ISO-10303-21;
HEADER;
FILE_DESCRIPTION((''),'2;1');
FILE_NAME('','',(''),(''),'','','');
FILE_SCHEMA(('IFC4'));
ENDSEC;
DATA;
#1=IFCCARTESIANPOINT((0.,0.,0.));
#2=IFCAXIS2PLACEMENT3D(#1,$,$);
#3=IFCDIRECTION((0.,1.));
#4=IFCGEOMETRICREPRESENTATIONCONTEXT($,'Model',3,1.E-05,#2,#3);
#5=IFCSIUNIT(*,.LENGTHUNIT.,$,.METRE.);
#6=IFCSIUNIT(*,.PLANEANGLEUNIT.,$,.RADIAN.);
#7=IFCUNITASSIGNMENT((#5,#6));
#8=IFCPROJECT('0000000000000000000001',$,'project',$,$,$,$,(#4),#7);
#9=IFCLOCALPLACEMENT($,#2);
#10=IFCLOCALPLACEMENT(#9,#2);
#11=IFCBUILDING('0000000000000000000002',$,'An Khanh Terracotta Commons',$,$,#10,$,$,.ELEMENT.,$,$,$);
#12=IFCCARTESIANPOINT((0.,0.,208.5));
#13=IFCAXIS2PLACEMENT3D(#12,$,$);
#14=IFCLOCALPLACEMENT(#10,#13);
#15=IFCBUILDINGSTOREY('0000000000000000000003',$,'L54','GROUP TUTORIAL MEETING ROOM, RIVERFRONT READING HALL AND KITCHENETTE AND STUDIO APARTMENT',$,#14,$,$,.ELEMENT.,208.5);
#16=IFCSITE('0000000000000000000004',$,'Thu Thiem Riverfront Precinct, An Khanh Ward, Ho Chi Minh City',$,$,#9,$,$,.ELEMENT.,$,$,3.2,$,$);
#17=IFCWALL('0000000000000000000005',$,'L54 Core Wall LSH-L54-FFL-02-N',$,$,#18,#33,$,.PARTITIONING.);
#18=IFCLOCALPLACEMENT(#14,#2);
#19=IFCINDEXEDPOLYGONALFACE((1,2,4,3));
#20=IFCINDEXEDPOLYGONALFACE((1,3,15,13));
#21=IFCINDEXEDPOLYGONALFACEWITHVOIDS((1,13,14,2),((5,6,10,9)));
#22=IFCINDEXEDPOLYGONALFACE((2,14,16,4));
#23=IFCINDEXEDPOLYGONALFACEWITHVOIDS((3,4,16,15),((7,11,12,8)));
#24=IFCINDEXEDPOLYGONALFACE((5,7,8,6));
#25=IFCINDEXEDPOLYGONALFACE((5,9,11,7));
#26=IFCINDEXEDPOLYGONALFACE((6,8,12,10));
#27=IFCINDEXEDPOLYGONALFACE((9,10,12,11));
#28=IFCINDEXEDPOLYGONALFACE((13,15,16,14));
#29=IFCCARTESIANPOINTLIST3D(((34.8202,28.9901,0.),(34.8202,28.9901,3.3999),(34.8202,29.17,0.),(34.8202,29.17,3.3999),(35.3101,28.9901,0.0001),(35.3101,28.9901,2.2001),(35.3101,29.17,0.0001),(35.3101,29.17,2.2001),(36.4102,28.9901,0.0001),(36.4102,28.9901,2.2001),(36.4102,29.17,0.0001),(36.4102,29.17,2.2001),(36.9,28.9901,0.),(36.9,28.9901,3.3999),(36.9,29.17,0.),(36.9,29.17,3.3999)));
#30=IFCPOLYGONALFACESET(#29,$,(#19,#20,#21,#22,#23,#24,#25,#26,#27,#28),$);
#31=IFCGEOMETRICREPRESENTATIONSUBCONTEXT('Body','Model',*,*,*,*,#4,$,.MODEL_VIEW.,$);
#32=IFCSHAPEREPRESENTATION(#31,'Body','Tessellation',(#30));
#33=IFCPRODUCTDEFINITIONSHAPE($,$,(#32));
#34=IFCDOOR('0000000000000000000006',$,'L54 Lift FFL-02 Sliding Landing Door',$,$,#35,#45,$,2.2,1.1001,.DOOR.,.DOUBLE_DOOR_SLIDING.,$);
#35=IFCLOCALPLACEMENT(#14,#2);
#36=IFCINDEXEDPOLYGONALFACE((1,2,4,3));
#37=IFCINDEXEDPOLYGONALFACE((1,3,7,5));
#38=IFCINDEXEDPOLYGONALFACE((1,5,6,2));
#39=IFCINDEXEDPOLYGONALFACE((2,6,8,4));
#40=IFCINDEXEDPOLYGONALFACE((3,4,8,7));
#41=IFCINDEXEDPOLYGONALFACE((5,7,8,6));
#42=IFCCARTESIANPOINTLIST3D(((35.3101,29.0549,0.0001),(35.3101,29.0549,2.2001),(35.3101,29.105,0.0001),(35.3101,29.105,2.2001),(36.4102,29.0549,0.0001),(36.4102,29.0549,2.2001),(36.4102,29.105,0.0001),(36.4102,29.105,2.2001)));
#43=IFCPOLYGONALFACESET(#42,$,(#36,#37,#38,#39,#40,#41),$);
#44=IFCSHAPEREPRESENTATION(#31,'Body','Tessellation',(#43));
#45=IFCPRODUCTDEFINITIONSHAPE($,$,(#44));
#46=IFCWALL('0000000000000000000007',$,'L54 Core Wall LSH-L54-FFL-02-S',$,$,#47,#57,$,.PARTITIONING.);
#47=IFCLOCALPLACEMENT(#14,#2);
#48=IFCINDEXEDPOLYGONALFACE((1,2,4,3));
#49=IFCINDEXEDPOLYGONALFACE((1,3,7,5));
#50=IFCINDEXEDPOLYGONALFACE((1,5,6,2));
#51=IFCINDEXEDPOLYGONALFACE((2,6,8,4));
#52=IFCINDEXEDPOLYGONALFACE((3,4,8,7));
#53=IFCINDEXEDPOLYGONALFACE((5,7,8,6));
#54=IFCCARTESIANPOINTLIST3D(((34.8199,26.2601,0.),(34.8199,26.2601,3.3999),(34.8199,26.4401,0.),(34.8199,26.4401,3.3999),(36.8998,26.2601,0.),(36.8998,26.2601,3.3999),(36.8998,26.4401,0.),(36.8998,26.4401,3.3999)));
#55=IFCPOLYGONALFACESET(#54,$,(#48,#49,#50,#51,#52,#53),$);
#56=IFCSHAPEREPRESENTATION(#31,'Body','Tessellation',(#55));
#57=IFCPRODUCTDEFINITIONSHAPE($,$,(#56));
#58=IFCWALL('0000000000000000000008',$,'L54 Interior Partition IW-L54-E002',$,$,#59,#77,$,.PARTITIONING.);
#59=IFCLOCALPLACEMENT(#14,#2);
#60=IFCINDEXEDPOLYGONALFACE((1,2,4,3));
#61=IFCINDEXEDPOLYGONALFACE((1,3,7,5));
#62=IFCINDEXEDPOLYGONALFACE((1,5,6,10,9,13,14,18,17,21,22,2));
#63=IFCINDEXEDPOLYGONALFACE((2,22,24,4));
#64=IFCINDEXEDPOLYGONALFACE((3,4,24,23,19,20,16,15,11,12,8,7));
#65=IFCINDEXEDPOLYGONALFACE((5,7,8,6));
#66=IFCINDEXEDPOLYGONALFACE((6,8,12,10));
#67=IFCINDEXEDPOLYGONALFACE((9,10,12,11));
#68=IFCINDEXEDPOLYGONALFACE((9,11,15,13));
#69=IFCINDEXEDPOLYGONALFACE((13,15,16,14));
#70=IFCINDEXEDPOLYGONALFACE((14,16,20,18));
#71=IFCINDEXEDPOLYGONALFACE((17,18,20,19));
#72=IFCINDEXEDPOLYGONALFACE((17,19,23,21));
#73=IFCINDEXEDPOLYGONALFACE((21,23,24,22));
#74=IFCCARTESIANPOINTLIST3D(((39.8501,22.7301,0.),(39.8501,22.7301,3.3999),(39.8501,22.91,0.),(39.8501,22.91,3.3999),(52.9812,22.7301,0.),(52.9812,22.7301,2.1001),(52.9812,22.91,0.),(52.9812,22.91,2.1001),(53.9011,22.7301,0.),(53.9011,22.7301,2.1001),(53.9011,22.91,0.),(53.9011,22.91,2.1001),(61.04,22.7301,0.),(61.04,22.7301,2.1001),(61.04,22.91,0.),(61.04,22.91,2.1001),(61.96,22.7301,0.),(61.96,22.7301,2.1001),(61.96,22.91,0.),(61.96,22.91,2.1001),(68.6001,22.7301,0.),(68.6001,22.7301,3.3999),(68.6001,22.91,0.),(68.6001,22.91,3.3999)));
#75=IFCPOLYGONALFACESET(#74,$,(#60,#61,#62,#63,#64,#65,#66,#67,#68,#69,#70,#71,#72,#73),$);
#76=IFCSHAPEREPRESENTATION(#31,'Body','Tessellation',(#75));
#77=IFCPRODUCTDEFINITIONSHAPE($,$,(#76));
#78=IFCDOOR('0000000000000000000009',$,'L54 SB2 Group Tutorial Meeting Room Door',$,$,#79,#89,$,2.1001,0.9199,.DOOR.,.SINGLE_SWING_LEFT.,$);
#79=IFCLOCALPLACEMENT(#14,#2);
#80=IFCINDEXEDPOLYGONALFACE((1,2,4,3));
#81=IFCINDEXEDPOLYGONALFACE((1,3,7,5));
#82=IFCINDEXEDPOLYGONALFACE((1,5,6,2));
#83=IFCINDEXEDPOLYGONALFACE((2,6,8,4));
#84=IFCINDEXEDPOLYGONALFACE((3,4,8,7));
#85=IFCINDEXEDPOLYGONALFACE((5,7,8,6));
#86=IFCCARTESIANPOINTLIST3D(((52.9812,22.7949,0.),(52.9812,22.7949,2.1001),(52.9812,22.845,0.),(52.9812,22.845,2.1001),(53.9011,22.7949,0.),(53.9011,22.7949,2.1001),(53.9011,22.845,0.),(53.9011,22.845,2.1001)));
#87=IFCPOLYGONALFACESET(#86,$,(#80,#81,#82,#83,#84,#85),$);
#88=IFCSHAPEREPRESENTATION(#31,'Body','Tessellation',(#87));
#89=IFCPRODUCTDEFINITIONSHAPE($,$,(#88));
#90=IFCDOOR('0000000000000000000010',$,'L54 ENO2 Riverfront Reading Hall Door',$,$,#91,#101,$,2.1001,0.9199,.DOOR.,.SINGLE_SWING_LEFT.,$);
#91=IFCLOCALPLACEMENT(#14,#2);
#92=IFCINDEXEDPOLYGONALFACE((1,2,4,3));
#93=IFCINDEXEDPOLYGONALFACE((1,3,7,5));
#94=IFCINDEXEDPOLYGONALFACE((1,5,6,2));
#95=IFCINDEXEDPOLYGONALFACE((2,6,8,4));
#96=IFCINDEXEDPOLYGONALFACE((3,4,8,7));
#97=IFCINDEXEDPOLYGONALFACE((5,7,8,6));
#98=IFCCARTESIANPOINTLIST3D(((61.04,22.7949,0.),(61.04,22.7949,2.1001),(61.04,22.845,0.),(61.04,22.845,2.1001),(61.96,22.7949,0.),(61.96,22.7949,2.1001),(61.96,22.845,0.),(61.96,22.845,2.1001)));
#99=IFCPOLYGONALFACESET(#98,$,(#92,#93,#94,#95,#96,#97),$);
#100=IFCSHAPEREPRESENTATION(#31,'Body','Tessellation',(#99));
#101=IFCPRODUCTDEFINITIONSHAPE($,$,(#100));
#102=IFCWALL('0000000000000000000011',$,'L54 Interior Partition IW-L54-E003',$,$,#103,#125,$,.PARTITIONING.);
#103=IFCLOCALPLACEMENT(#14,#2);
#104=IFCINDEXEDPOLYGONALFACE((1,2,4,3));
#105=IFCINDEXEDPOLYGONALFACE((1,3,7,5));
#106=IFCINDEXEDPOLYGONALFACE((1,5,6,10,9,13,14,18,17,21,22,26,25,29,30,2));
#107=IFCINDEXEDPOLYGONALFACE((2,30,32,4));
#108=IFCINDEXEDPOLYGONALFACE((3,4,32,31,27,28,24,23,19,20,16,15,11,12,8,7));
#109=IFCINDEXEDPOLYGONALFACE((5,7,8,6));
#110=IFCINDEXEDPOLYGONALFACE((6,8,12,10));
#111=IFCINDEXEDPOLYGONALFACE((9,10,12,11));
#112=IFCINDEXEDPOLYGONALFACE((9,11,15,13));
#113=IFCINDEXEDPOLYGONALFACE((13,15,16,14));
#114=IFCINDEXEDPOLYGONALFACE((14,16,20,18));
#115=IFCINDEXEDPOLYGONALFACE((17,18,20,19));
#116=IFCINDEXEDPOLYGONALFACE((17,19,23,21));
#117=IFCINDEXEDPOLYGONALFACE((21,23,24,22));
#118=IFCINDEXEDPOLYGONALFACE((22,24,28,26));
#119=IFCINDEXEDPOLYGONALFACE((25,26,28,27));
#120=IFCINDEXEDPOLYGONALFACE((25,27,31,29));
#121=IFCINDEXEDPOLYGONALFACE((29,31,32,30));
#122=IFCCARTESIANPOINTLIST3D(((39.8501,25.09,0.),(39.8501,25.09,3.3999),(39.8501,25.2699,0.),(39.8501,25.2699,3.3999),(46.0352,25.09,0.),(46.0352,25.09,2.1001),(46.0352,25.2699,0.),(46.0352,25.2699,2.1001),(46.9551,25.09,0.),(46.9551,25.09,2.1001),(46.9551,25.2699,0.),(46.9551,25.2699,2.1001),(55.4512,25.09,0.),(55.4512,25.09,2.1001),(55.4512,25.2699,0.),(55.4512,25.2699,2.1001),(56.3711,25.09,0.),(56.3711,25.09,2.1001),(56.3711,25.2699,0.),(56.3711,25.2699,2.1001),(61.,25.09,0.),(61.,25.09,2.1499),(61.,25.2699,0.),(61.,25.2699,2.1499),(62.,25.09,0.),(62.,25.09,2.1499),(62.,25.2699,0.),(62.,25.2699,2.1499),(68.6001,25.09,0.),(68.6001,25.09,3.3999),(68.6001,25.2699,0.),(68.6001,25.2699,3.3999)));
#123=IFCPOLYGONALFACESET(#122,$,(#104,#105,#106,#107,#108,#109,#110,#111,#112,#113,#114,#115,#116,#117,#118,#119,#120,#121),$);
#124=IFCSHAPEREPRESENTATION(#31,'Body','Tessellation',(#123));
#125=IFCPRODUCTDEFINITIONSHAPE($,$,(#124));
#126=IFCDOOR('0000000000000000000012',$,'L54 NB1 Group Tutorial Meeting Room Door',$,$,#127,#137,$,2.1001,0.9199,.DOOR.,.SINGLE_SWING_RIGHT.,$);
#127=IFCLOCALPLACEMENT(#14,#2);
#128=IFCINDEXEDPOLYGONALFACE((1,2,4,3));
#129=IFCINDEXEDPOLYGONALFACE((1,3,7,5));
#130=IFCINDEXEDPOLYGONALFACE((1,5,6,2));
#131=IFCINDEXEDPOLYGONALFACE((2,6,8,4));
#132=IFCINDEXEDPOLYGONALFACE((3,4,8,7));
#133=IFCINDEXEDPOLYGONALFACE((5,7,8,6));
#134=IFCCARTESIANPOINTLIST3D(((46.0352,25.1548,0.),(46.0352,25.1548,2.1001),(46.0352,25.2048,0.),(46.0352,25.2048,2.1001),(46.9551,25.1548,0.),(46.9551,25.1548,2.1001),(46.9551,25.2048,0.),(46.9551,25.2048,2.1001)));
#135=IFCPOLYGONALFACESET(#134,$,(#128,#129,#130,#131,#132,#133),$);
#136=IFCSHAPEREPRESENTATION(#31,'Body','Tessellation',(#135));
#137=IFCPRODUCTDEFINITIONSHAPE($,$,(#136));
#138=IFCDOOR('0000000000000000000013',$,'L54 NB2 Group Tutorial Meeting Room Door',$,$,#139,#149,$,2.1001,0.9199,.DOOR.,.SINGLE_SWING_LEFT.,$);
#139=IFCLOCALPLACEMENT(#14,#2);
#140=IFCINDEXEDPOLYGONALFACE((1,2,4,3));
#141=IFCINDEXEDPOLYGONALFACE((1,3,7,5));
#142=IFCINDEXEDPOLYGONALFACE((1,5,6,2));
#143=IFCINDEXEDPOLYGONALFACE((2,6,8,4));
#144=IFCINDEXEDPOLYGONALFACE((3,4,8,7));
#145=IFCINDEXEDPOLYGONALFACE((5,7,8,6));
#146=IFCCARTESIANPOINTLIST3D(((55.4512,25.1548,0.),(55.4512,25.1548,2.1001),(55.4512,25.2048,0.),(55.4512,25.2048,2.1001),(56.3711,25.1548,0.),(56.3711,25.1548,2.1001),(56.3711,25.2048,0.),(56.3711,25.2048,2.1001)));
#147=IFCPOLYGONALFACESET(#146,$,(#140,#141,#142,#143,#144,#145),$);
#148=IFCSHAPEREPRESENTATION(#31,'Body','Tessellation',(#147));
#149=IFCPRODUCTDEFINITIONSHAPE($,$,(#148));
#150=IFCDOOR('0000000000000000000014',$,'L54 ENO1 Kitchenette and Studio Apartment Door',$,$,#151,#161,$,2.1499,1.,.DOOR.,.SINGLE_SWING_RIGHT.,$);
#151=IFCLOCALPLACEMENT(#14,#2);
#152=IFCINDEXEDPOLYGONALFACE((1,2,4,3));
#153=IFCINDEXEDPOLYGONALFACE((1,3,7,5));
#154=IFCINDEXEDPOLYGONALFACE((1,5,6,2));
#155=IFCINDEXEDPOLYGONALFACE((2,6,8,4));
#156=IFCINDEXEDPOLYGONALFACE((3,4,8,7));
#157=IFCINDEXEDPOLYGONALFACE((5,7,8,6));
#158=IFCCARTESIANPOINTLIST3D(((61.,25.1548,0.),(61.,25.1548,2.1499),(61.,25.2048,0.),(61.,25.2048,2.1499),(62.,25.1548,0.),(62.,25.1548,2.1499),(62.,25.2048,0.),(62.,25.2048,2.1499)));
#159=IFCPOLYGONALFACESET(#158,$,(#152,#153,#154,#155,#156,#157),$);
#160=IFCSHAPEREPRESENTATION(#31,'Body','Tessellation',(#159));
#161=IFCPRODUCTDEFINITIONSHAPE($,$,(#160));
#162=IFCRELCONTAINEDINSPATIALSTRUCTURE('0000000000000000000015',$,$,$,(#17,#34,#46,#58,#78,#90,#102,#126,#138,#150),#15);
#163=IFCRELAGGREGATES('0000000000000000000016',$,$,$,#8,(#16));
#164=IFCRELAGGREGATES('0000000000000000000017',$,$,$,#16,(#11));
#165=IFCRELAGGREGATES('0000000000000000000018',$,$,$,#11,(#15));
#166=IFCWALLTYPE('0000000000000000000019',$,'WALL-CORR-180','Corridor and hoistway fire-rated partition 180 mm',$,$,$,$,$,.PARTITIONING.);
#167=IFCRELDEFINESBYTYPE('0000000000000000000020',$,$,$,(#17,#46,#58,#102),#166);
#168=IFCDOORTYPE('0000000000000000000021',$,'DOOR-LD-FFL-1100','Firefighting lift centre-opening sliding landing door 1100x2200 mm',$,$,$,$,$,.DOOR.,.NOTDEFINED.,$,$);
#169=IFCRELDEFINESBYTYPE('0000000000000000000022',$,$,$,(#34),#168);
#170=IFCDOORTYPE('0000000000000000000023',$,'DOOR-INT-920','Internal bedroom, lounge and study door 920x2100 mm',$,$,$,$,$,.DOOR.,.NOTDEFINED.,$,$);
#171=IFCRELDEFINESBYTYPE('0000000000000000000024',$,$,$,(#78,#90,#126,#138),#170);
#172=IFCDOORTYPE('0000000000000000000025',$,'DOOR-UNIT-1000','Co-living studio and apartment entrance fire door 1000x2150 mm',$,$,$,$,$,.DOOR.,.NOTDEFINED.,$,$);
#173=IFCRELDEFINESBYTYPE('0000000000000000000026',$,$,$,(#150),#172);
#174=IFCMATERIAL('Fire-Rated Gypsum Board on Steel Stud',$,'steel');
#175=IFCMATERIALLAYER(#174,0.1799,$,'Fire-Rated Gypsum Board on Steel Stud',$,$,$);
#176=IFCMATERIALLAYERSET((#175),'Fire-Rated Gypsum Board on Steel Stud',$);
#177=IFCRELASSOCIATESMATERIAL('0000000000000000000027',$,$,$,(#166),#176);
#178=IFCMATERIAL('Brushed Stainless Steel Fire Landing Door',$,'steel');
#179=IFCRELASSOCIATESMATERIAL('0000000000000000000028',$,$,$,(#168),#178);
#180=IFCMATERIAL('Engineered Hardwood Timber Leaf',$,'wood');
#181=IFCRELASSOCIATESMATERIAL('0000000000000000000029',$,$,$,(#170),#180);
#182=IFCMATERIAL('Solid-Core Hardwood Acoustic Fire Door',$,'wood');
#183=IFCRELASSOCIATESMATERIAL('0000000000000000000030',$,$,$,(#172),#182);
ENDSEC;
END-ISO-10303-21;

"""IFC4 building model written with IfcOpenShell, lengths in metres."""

from ifc_helpers import new_model, si_unit, direction, frame, frame_2d, origin, place, context, subcontext, project, spatial, rectangle, extrude, material, layer, layer_set, type_object, element, fill, save


model = new_model("IFC4")

# Units and contexts
model_context = context("Model", 3, precision=1e-05, world=origin(), true_north=direction((0.0, 1.0)))
body_context = subcontext(model_context, "Body", "Model", "MODEL_VIEW")
ifc_project = project(units=[si_unit("LENGTHUNIT", "METRE"), si_unit("PLANEANGLEUNIT", "RADIAN")], contexts=[model_context])

# Site, building, storey
site_placement = place(None, origin())
site = spatial("IfcSite", under=ifc_project, at=site_placement, Name="Thu Thiem Riverfront Precinct, An Khanh Ward, Ho Chi Minh City", CompositionType="ELEMENT", RefElevation=3.2)
building_placement = place(site_placement, origin())
building = spatial("IfcBuilding", under=site, at=building_placement, Name="An Khanh Terracotta Commons", CompositionType="ELEMENT")
storey_placement = place(building_placement, frame((0.0, 0.0, 208.5)))
storey = spatial("IfcBuildingStorey", under=building, at=storey_placement, Name="L54", Description="GROUP TUTORIAL MEETING ROOM, RIVERFRONT READING HALL AND KITCHENETTE AND STUDIO APARTMENT", CompositionType="ELEMENT", Elevation=208.5)

# Wall, opening, door
ifc_material_1 = material(Name="Fire-Rated Gypsum Board on Steel Stud", Category="steel")
ifc_layer_1 = layer(ifc_material_1, 0.1799, Name="Fire-Rated Gypsum Board on Steel Stud")
ifc_layer_set_1 = layer_set([ifc_layer_1], Name="Fire-Rated Gypsum Board on Steel Stud")
wall_type_1 = type_object("IfcWallType", Name="WALL-CORR-180", Description="Corridor and hoistway fire-rated partition 180 mm", PredefinedType="PARTITIONING", material=ifc_layer_set_1)
wall_1_placement = place(storey_placement, frame((34.8201, 29.0801, 0.0), z_axis=(0.0, 0.0, 1.0), x_axis=(1.0, 0.0, 0.0)))
wall_1 = element("IfcWall", 1, at=wall_1_placement, inside=storey, type_object=wall_type_1, Name="L54 Core Wall LSH-L54-FFL-02-N", PredefinedType="PARTITIONING", context=body_context, shape_type="SweptSolid", body=[
    extrude(rectangle(XDim=2.0798, YDim=0.1799, at=frame_2d((1.04, 0.0))), origin(), (0.0, 0.0, 1.0), 3.3999),
])
opening_1_placement = place(wall_1_placement, frame((0.49, 0.0, 0.0)))
opening_1 = element("IfcOpeningElement", 2, at=opening_1_placement, cuts=wall_1, PredefinedType="OPENING", context=body_context, shape_type="SweptSolid", body=[
    extrude(rectangle(XDim=1.1001, YDim=2.2, at=frame_2d((0.55, 1.1001))), frame((0.0, 0.0999, 0.0), z_axis=(0.0, -1.0, 0.0), x_axis=(1.0, 0.0, 0.0)), (0.0, 0.0, 1.0), 0.2),
])
ifc_material_2 = material(Name="Brushed Stainless Steel Fire Landing Door", Category="steel")
door_type_1 = type_object("IfcDoorType", Name="DOOR-LD-FFL-1100", Description="Firefighting lift centre-opening sliding landing door 1100x2200 mm", OperationType="NOTDEFINED", PredefinedType="DOOR", material=ifc_material_2)
door_1_placement = place(opening_1_placement, origin())
door_1 = element("IfcDoor", 3, at=door_1_placement, inside=storey, type_object=door_type_1, Name="L54 Lift FFL-02 Sliding Landing Door", OperationType="DOUBLE_DOOR_SLIDING", OverallHeight=2.2, OverallWidth=1.1001, PredefinedType="DOOR", context=body_context, shape_type="SweptSolid", body=[
    extrude(rectangle(XDim=1.1001, YDim=2.2, at=frame_2d((0.55, 1.1001))), frame((0.0, 0.0249, 0.0), z_axis=(0.0, -1.0, 0.0), x_axis=(1.0, 0.0, 0.0)), (0.0, 0.0, 1.0), 0.05),
])
fill(opening_1, door_1)

# Wall
wall_2_placement = place(storey_placement, frame((36.8999, 26.3501, 0.0), z_axis=(0.0, 0.0, 1.0), x_axis=(-1.0, 0.0, 0.0)))
element("IfcWall", 4, at=wall_2_placement, inside=storey, type_object=wall_type_1, Name="L54 Core Wall LSH-L54-FFL-02-S", PredefinedType="PARTITIONING", context=body_context, shape_type="SweptSolid", body=[
    extrude(rectangle(XDim=2.0798, YDim=0.1799, at=frame_2d((1.04, 0.0))), origin(), (0.0, 0.0, 1.0), 3.3999),
])

# Walls, openings, doors
wall_3_placement = place(storey_placement, frame((39.8501, 22.8201, 0.0), z_axis=(0.0, 0.0, 1.0), x_axis=(1.0, 0.0, 0.0)))
wall_3 = element("IfcWall", 5, at=wall_3_placement, inside=storey, type_object=wall_type_1, Name="L54 Interior Partition IW-L54-E002", PredefinedType="PARTITIONING", context=body_context, shape_type="SweptSolid", body=[
    extrude(rectangle(XDim=28.75, YDim=0.1799, at=frame_2d((14.375, 0.0))), origin(), (0.0, 0.0, 1.0), 3.3999),
])
opening_2_placement = place(wall_3_placement, frame((13.1311, 0.0, 0.0)))
opening_2 = element("IfcOpeningElement", 6, at=opening_2_placement, cuts=wall_3, PredefinedType="OPENING", context=body_context, shape_type="SweptSolid", body=[
    extrude(rectangle(XDim=0.9199, YDim=2.1001, at=frame_2d((0.46, 1.05))), frame((0.0, 0.0999, 0.0), z_axis=(0.0, -1.0, 0.0), x_axis=(1.0, 0.0, 0.0)), (0.0, 0.0, 1.0), 0.2),
])
opening_3_placement = place(wall_3_placement, frame((21.1899, 0.0, 0.0)))
opening_3 = element("IfcOpeningElement", 7, at=opening_3_placement, cuts=wall_3, PredefinedType="OPENING", context=body_context, shape_type="SweptSolid", body=[
    extrude(rectangle(XDim=0.9199, YDim=2.1001, at=frame_2d((0.46, 1.05))), frame((0.0, 0.0999, 0.0), z_axis=(0.0, -1.0, 0.0), x_axis=(1.0, 0.0, 0.0)), (0.0, 0.0, 1.0), 0.2),
])
ifc_material_3 = material(Name="Engineered Hardwood Timber Leaf", Category="wood")
door_type_2 = type_object("IfcDoorType", Name="DOOR-INT-920", Description="Internal bedroom, lounge and study door 920x2100 mm", OperationType="NOTDEFINED", PredefinedType="DOOR", material=ifc_material_3)
door_2_placement = place(opening_2_placement, origin())
door_2 = element("IfcDoor", 8, at=door_2_placement, inside=storey, type_object=door_type_2, Name="L54 SB2 Group Tutorial Meeting Room Door", OperationType="SINGLE_SWING_LEFT", OverallHeight=2.1001, OverallWidth=0.9199, PredefinedType="DOOR", context=body_context, shape_type="SweptSolid", body=[
    extrude(rectangle(XDim=0.9199, YDim=2.1001, at=frame_2d((0.46, 1.05))), frame((0.0, 0.0249, 0.0), z_axis=(0.0, -1.0, 0.0), x_axis=(1.0, 0.0, 0.0)), (0.0, 0.0, 1.0), 0.05),
])
fill(opening_2, door_2)
door_3_placement = place(opening_3_placement, origin())
door_3 = element("IfcDoor", 9, at=door_3_placement, inside=storey, type_object=door_type_2, Name="L54 ENO2 Riverfront Reading Hall Door", OperationType="SINGLE_SWING_LEFT", OverallHeight=2.1001, OverallWidth=0.9199, PredefinedType="DOOR", context=body_context, shape_type="SweptSolid", body=[
    extrude(rectangle(XDim=0.9199, YDim=2.1001, at=frame_2d((0.46, 1.05))), frame((0.0, 0.0249, 0.0), z_axis=(0.0, -1.0, 0.0), x_axis=(1.0, 0.0, 0.0)), (0.0, 0.0, 1.0), 0.05),
])
fill(opening_3, door_3)
wall_4_placement = place(storey_placement, frame((39.8501, 25.1799, 0.0), z_axis=(0.0, 0.0, 1.0), x_axis=(1.0, 0.0, 0.0)))
wall_4 = element("IfcWall", 10, at=wall_4_placement, inside=storey, type_object=wall_type_1, Name="L54 Interior Partition IW-L54-E003", PredefinedType="PARTITIONING", context=body_context, shape_type="SweptSolid", body=[
    extrude(rectangle(XDim=28.75, YDim=0.1799, at=frame_2d((14.375, 0.0))), origin(), (0.0, 0.0, 1.0), 3.3999),
])
opening_4_placement = place(wall_4_placement, frame((6.1851, 0.0, 0.0)))
opening_4 = element("IfcOpeningElement", 11, at=opening_4_placement, cuts=wall_4, PredefinedType="OPENING", context=body_context, shape_type="SweptSolid", body=[
    extrude(rectangle(XDim=0.9199, YDim=2.1001, at=frame_2d((0.46, 1.05))), frame((0.0, 0.0999, 0.0), z_axis=(0.0, -1.0, 0.0), x_axis=(1.0, 0.0, 0.0)), (0.0, 0.0, 1.0), 0.2),
])
opening_5_placement = place(wall_4_placement, frame((15.6011, 0.0, 0.0)))
opening_5 = element("IfcOpeningElement", 12, at=opening_5_placement, cuts=wall_4, PredefinedType="OPENING", context=body_context, shape_type="SweptSolid", body=[
    extrude(rectangle(XDim=0.9199, YDim=2.1001, at=frame_2d((0.46, 1.05))), frame((0.0, 0.0999, 0.0), z_axis=(0.0, -1.0, 0.0), x_axis=(1.0, 0.0, 0.0)), (0.0, 0.0, 1.0), 0.2),
])
opening_6_placement = place(wall_4_placement, frame((21.1499, 0.0, 0.0)))
opening_6 = element("IfcOpeningElement", 13, at=opening_6_placement, cuts=wall_4, PredefinedType="OPENING", context=body_context, shape_type="SweptSolid", body=[
    extrude(rectangle(XDim=1.0, YDim=2.1499, at=frame_2d((0.5, 1.075))), frame((0.0, 0.0999, 0.0), z_axis=(0.0, -1.0, 0.0), x_axis=(1.0, 0.0, 0.0)), (0.0, 0.0, 1.0), 0.2),
])
door_4_placement = place(opening_4_placement, origin())
door_4 = element("IfcDoor", 14, at=door_4_placement, inside=storey, type_object=door_type_2, Name="L54 NB1 Group Tutorial Meeting Room Door", OperationType="SINGLE_SWING_RIGHT", OverallHeight=2.1001, OverallWidth=0.9199, PredefinedType="DOOR", context=body_context, shape_type="SweptSolid", body=[
    extrude(rectangle(XDim=0.9199, YDim=2.1001, at=frame_2d((0.46, 1.05))), frame((0.0, 0.0249, 0.0), z_axis=(0.0, -1.0, 0.0), x_axis=(1.0, 0.0, 0.0)), (0.0, 0.0, 1.0), 0.05),
])
fill(opening_4, door_4)
door_5_placement = place(opening_5_placement, origin())
door_5 = element("IfcDoor", 15, at=door_5_placement, inside=storey, type_object=door_type_2, Name="L54 NB2 Group Tutorial Meeting Room Door", OperationType="SINGLE_SWING_LEFT", OverallHeight=2.1001, OverallWidth=0.9199, PredefinedType="DOOR", context=body_context, shape_type="SweptSolid", body=[
    extrude(rectangle(XDim=0.9199, YDim=2.1001, at=frame_2d((0.46, 1.05))), frame((0.0, 0.0249, 0.0), z_axis=(0.0, -1.0, 0.0), x_axis=(1.0, 0.0, 0.0)), (0.0, 0.0, 1.0), 0.05),
])
fill(opening_5, door_5)
ifc_material_4 = material(Name="Solid-Core Hardwood Acoustic Fire Door", Category="wood")
door_type_3 = type_object("IfcDoorType", Name="DOOR-UNIT-1000", Description="Co-living studio and apartment entrance fire door 1000x2150 mm", OperationType="NOTDEFINED", PredefinedType="DOOR", material=ifc_material_4)
door_6_placement = place(opening_6_placement, origin())
door_6 = element("IfcDoor", 16, at=door_6_placement, inside=storey, type_object=door_type_3, Name="L54 ENO1 Kitchenette and Studio Apartment Door", OperationType="SINGLE_SWING_RIGHT", OverallHeight=2.1499, OverallWidth=1.0, PredefinedType="DOOR", context=body_context, shape_type="SweptSolid", body=[
    extrude(rectangle(XDim=1.0, YDim=2.1499, at=frame_2d((0.5, 1.075))), frame((0.0, 0.0249, 0.0), z_axis=(0.0, -1.0, 0.0), x_axis=(1.0, 0.0, 0.0)), (0.0, 0.0, 1.0), 0.05),
])
fill(opening_6, door_6)

save(model, "model.ifc")
